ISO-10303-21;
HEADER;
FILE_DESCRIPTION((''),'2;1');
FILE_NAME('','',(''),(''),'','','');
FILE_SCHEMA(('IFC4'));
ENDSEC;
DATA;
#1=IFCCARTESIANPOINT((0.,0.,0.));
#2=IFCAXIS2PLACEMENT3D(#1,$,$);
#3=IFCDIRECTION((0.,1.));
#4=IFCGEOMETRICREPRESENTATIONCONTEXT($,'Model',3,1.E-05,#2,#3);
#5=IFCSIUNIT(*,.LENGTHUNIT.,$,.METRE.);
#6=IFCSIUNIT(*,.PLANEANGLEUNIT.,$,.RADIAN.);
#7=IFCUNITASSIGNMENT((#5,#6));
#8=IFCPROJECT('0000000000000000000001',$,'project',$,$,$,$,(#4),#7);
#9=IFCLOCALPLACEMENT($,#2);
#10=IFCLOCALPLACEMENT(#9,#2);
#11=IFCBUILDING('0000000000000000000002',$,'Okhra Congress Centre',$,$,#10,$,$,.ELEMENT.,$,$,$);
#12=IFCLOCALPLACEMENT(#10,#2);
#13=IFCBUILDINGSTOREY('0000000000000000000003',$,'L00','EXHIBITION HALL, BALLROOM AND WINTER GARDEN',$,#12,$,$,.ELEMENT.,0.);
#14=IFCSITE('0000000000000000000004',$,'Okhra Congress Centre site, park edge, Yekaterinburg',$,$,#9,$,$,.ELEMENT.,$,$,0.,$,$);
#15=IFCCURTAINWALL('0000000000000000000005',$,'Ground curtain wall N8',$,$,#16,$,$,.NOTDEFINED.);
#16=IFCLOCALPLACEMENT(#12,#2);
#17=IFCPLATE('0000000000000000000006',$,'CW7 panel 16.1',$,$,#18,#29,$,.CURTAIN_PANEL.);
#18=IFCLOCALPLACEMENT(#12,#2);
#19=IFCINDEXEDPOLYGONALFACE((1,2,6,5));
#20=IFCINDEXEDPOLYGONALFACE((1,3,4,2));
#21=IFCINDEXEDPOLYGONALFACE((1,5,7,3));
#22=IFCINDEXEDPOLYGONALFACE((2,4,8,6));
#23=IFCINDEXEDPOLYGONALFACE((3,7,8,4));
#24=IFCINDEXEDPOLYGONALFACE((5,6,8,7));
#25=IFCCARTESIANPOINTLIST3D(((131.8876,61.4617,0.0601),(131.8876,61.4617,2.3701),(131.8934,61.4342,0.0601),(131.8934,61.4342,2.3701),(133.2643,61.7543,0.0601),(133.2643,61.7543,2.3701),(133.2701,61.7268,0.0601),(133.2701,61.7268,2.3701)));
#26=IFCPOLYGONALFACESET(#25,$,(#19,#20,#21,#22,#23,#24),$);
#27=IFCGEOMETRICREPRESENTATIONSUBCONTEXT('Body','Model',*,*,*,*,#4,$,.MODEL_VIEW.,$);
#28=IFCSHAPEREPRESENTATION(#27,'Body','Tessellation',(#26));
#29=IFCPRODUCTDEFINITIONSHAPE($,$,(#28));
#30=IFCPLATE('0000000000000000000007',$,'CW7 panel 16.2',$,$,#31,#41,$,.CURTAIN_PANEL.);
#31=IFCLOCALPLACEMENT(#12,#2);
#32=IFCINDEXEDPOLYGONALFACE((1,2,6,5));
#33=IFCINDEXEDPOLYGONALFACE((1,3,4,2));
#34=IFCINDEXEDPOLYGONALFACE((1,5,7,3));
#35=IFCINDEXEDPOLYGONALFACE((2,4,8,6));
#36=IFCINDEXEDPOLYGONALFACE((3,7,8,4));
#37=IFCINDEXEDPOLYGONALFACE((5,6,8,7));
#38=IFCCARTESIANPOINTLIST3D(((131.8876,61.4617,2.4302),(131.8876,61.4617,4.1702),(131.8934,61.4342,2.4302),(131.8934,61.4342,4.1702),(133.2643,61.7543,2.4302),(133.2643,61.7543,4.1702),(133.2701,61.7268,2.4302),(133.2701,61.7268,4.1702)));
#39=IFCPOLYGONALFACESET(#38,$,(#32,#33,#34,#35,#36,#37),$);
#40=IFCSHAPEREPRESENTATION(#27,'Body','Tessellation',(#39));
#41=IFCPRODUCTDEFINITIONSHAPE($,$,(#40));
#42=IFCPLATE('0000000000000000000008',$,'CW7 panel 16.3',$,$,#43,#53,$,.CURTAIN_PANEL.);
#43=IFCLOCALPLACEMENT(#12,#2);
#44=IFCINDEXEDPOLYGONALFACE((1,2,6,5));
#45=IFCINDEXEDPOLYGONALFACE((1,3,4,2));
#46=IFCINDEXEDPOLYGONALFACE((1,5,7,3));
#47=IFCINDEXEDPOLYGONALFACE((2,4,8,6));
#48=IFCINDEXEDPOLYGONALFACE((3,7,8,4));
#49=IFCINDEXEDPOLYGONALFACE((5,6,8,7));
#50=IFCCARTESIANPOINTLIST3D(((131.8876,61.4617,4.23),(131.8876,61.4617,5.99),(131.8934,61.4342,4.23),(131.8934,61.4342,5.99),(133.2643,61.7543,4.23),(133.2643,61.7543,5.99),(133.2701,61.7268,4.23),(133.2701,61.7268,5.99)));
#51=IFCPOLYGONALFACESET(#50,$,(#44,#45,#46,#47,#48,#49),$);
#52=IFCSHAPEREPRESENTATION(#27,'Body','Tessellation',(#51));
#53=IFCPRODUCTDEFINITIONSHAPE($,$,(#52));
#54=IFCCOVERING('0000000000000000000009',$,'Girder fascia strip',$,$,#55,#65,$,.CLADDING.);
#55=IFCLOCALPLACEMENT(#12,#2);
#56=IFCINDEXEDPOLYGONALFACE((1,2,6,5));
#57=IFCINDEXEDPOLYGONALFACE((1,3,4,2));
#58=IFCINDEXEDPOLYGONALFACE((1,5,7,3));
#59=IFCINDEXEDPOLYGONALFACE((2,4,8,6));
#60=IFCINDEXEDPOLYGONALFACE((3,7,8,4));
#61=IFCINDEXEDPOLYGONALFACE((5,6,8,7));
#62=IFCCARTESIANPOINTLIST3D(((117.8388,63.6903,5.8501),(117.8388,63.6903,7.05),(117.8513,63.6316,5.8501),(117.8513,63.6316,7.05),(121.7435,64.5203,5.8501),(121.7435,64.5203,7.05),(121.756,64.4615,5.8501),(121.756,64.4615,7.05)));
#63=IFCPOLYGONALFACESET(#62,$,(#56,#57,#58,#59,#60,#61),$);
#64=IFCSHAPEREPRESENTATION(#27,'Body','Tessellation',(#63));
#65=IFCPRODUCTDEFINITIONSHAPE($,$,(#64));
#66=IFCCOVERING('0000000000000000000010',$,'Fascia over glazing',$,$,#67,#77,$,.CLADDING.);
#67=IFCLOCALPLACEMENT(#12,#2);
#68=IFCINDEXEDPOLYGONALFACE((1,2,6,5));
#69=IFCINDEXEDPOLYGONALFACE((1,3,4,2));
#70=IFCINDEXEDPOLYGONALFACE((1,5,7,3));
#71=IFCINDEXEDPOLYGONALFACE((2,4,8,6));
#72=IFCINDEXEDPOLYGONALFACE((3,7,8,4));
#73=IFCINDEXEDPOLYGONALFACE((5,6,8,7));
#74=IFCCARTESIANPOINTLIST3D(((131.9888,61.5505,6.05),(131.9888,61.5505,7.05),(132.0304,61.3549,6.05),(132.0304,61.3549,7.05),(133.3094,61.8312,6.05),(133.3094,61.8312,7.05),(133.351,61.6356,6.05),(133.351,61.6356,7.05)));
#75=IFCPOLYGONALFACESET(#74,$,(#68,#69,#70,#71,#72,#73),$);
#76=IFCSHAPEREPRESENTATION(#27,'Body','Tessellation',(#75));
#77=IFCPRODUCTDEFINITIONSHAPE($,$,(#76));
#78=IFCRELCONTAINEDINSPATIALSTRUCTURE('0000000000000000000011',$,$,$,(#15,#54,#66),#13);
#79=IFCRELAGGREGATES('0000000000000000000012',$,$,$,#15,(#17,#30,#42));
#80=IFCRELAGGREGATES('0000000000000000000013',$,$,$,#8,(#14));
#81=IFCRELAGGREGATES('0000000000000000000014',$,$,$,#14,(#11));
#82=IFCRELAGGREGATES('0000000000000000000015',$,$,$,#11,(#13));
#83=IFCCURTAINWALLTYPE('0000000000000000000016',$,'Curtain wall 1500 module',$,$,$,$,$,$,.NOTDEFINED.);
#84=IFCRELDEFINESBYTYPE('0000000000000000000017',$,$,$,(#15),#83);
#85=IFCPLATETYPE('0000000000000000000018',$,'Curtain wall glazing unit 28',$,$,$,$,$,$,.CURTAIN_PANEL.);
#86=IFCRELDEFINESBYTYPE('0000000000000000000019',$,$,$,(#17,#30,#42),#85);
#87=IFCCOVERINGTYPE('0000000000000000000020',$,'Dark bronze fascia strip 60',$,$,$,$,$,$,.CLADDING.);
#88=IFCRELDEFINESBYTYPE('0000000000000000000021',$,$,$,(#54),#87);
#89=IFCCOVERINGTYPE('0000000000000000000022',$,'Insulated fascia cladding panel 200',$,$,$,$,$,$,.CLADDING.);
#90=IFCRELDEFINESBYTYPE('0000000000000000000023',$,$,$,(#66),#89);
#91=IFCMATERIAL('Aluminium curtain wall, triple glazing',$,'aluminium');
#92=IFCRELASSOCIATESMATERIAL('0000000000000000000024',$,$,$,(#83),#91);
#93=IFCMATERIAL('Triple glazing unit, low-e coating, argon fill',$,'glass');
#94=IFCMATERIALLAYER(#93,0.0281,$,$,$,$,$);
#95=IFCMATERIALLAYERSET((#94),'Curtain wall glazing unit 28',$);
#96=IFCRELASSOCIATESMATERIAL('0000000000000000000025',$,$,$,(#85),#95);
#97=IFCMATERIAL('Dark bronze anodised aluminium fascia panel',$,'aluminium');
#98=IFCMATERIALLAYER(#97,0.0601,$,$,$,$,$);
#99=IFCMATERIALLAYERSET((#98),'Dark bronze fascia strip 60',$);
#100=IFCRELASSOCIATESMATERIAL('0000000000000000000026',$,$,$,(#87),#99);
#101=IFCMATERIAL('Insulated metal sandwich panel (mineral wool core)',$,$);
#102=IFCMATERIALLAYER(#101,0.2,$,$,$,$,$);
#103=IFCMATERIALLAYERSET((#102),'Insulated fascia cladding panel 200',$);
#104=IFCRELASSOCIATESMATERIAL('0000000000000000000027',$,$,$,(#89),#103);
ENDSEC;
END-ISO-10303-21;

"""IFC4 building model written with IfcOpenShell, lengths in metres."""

from ifc_helpers import new_model, si_unit, direction, frame, origin, origin_2d, place, context, subcontext, project, spatial, rectangle, extrude, material, layer, layer_set, type_object, element, aggregate, save


model = new_model("IFC4")

# Units and contexts
model_context = context("Model", 3, precision=1e-05, world=origin(), true_north=direction((0.0, 1.0)))
body_context = subcontext(model_context, "Body", "Model", "MODEL_VIEW")
ifc_project = project(units=[si_unit("LENGTHUNIT", "METRE"), si_unit("PLANEANGLEUNIT", "RADIAN")], contexts=[model_context])

# Site, building, storey
site_placement = place(None, origin())
site = spatial("IfcSite", under=ifc_project, at=site_placement, Name="Okhra Congress Centre site, park edge, Yekaterinburg", CompositionType="ELEMENT", RefElevation=0.0)
building_placement = place(site_placement, origin())
building = spatial("IfcBuilding", under=site, at=building_placement, Name="Okhra Congress Centre", CompositionType="ELEMENT")
storey_placement = place(building_placement, origin())
storey = spatial("IfcBuildingStorey", under=building, at=storey_placement, Name="L00", Description="EXHIBITION HALL, BALLROOM AND WINTER GARDEN", CompositionType="ELEMENT", Elevation=0.0)

# Curtain wall
ifc_material_1 = material(Name="Aluminium curtain wall, triple glazing", Category="aluminium")
curtain_wall_type = type_object("IfcCurtainWallType", Name="Curtain wall 1500 module", PredefinedType="NOTDEFINED", material=ifc_material_1)
curtain_wall_placement = place(storey_placement, origin())
curtain_wall = element("IfcCurtainWall", 1, at=curtain_wall_placement, inside=storey, type_object=curtain_wall_type, Name="Ground curtain wall N8", PredefinedType="NOTDEFINED")

# Plates
ifc_material_2 = material(Name="Triple glazing unit, low-e coating, argon fill", Category="glass")
ifc_layer_1 = layer(ifc_material_2, 0.0281)
ifc_layer_set_1 = layer_set([ifc_layer_1], Name="Curtain wall glazing unit 28")
plate_type = type_object("IfcPlateType", Name="Curtain wall glazing unit 28", PredefinedType="CURTAIN_PANEL", material=ifc_layer_set_1)
plate_1_placement = place(storey_placement, frame((132.5789, 61.5942, 0.0601), z_axis=(0.0, 0.0, 1.0), x_axis=(0.978148, 0.207912, 0.0)))
plate_1 = element("IfcPlate", 2, at=plate_1_placement, type_object=plate_type, Name="CW7 panel 16.1", PredefinedType="CURTAIN_PANEL", context=body_context, shape_type="SweptSolid", body=[
    extrude(rectangle(XDim=1.4075, YDim=0.0281, at=origin_2d()), origin(), (0.0, 0.0, 1.0), 2.3101),
])
plate_2_placement = place(storey_placement, frame((132.5789, 61.5942, 2.4302), z_axis=(0.0, 0.0, 1.0), x_axis=(0.978148, 0.207912, 0.0)))
plate_2 = element("IfcPlate", 3, at=plate_2_placement, type_object=plate_type, Name="CW7 panel 16.2", PredefinedType="CURTAIN_PANEL", context=body_context, shape_type="SweptSolid", body=[
    extrude(rectangle(XDim=1.4075, YDim=0.0281, at=origin_2d()), origin(), (0.0, 0.0, 1.0), 1.74),
])
plate_3_placement = place(storey_placement, frame((132.5789, 61.5942, 4.23), z_axis=(0.0, 0.0, 1.0), x_axis=(0.978148, 0.207912, 0.0)))
plate_3 = element("IfcPlate", 4, at=plate_3_placement, type_object=plate_type, Name="CW7 panel 16.3", PredefinedType="CURTAIN_PANEL", context=body_context, shape_type="SweptSolid", body=[
    extrude(rectangle(XDim=1.4075, YDim=0.0281, at=origin_2d()), origin(), (0.0, 0.0, 1.0), 1.76),
])
aggregate(curtain_wall, [plate_1, plate_2, plate_3])

# Coverings
ifc_material_3 = material(Name="Dark bronze anodised aluminium fascia panel", Category="aluminium")
ifc_layer_2 = layer(ifc_material_3, 0.0601)
ifc_layer_set_2 = layer_set([ifc_layer_2], Name="Dark bronze fascia strip 60")
covering_type_1 = type_object("IfcCoveringType", Name="Dark bronze fascia strip 60", PredefinedType="CLADDING", material=ifc_layer_set_2)
covering_1_placement = place(storey_placement, frame((119.7974, 64.0759, 5.8501), z_axis=(0.0, 0.0, 1.0), x_axis=(0.978148, 0.207912, 0.0)))
element("IfcCovering", 5, at=covering_1_placement, inside=storey, type_object=covering_type_1, Name="Girder fascia strip", PredefinedType="CLADDING", context=body_context, shape_type="SweptSolid", body=[
    extrude(rectangle(XDim=3.9919, YDim=0.0601, at=origin_2d()), origin(), (0.0, 0.0, 1.0), 1.2),
])
ifc_material_4 = material(Name="Insulated metal sandwich panel (mineral wool core)")
ifc_layer_3 = layer(ifc_material_4, 0.2)
ifc_layer_set_3 = layer_set([ifc_layer_3], Name="Insulated fascia cladding panel 200")
covering_type_2 = type_object("IfcCoveringType", Name="Insulated fascia cladding panel 200", PredefinedType="CLADDING", material=ifc_layer_set_3)
covering_2_placement = place(storey_placement, frame((132.6699, 61.593, 6.05), z_axis=(0.0, 0.0, 1.0), x_axis=(0.978148, 0.207912, 0.0)))
element("IfcCovering", 6, at=covering_2_placement, inside=storey, type_object=covering_type_2, Name="Fascia over glazing", PredefinedType="CLADDING", context=body_context, shape_type="SweptSolid", body=[
    extrude(rectangle(XDim=1.3501, YDim=0.2, at=origin_2d()), origin(), (0.0, 0.0, 1.0), 1.0),
])

save(model, "model.ifc")
